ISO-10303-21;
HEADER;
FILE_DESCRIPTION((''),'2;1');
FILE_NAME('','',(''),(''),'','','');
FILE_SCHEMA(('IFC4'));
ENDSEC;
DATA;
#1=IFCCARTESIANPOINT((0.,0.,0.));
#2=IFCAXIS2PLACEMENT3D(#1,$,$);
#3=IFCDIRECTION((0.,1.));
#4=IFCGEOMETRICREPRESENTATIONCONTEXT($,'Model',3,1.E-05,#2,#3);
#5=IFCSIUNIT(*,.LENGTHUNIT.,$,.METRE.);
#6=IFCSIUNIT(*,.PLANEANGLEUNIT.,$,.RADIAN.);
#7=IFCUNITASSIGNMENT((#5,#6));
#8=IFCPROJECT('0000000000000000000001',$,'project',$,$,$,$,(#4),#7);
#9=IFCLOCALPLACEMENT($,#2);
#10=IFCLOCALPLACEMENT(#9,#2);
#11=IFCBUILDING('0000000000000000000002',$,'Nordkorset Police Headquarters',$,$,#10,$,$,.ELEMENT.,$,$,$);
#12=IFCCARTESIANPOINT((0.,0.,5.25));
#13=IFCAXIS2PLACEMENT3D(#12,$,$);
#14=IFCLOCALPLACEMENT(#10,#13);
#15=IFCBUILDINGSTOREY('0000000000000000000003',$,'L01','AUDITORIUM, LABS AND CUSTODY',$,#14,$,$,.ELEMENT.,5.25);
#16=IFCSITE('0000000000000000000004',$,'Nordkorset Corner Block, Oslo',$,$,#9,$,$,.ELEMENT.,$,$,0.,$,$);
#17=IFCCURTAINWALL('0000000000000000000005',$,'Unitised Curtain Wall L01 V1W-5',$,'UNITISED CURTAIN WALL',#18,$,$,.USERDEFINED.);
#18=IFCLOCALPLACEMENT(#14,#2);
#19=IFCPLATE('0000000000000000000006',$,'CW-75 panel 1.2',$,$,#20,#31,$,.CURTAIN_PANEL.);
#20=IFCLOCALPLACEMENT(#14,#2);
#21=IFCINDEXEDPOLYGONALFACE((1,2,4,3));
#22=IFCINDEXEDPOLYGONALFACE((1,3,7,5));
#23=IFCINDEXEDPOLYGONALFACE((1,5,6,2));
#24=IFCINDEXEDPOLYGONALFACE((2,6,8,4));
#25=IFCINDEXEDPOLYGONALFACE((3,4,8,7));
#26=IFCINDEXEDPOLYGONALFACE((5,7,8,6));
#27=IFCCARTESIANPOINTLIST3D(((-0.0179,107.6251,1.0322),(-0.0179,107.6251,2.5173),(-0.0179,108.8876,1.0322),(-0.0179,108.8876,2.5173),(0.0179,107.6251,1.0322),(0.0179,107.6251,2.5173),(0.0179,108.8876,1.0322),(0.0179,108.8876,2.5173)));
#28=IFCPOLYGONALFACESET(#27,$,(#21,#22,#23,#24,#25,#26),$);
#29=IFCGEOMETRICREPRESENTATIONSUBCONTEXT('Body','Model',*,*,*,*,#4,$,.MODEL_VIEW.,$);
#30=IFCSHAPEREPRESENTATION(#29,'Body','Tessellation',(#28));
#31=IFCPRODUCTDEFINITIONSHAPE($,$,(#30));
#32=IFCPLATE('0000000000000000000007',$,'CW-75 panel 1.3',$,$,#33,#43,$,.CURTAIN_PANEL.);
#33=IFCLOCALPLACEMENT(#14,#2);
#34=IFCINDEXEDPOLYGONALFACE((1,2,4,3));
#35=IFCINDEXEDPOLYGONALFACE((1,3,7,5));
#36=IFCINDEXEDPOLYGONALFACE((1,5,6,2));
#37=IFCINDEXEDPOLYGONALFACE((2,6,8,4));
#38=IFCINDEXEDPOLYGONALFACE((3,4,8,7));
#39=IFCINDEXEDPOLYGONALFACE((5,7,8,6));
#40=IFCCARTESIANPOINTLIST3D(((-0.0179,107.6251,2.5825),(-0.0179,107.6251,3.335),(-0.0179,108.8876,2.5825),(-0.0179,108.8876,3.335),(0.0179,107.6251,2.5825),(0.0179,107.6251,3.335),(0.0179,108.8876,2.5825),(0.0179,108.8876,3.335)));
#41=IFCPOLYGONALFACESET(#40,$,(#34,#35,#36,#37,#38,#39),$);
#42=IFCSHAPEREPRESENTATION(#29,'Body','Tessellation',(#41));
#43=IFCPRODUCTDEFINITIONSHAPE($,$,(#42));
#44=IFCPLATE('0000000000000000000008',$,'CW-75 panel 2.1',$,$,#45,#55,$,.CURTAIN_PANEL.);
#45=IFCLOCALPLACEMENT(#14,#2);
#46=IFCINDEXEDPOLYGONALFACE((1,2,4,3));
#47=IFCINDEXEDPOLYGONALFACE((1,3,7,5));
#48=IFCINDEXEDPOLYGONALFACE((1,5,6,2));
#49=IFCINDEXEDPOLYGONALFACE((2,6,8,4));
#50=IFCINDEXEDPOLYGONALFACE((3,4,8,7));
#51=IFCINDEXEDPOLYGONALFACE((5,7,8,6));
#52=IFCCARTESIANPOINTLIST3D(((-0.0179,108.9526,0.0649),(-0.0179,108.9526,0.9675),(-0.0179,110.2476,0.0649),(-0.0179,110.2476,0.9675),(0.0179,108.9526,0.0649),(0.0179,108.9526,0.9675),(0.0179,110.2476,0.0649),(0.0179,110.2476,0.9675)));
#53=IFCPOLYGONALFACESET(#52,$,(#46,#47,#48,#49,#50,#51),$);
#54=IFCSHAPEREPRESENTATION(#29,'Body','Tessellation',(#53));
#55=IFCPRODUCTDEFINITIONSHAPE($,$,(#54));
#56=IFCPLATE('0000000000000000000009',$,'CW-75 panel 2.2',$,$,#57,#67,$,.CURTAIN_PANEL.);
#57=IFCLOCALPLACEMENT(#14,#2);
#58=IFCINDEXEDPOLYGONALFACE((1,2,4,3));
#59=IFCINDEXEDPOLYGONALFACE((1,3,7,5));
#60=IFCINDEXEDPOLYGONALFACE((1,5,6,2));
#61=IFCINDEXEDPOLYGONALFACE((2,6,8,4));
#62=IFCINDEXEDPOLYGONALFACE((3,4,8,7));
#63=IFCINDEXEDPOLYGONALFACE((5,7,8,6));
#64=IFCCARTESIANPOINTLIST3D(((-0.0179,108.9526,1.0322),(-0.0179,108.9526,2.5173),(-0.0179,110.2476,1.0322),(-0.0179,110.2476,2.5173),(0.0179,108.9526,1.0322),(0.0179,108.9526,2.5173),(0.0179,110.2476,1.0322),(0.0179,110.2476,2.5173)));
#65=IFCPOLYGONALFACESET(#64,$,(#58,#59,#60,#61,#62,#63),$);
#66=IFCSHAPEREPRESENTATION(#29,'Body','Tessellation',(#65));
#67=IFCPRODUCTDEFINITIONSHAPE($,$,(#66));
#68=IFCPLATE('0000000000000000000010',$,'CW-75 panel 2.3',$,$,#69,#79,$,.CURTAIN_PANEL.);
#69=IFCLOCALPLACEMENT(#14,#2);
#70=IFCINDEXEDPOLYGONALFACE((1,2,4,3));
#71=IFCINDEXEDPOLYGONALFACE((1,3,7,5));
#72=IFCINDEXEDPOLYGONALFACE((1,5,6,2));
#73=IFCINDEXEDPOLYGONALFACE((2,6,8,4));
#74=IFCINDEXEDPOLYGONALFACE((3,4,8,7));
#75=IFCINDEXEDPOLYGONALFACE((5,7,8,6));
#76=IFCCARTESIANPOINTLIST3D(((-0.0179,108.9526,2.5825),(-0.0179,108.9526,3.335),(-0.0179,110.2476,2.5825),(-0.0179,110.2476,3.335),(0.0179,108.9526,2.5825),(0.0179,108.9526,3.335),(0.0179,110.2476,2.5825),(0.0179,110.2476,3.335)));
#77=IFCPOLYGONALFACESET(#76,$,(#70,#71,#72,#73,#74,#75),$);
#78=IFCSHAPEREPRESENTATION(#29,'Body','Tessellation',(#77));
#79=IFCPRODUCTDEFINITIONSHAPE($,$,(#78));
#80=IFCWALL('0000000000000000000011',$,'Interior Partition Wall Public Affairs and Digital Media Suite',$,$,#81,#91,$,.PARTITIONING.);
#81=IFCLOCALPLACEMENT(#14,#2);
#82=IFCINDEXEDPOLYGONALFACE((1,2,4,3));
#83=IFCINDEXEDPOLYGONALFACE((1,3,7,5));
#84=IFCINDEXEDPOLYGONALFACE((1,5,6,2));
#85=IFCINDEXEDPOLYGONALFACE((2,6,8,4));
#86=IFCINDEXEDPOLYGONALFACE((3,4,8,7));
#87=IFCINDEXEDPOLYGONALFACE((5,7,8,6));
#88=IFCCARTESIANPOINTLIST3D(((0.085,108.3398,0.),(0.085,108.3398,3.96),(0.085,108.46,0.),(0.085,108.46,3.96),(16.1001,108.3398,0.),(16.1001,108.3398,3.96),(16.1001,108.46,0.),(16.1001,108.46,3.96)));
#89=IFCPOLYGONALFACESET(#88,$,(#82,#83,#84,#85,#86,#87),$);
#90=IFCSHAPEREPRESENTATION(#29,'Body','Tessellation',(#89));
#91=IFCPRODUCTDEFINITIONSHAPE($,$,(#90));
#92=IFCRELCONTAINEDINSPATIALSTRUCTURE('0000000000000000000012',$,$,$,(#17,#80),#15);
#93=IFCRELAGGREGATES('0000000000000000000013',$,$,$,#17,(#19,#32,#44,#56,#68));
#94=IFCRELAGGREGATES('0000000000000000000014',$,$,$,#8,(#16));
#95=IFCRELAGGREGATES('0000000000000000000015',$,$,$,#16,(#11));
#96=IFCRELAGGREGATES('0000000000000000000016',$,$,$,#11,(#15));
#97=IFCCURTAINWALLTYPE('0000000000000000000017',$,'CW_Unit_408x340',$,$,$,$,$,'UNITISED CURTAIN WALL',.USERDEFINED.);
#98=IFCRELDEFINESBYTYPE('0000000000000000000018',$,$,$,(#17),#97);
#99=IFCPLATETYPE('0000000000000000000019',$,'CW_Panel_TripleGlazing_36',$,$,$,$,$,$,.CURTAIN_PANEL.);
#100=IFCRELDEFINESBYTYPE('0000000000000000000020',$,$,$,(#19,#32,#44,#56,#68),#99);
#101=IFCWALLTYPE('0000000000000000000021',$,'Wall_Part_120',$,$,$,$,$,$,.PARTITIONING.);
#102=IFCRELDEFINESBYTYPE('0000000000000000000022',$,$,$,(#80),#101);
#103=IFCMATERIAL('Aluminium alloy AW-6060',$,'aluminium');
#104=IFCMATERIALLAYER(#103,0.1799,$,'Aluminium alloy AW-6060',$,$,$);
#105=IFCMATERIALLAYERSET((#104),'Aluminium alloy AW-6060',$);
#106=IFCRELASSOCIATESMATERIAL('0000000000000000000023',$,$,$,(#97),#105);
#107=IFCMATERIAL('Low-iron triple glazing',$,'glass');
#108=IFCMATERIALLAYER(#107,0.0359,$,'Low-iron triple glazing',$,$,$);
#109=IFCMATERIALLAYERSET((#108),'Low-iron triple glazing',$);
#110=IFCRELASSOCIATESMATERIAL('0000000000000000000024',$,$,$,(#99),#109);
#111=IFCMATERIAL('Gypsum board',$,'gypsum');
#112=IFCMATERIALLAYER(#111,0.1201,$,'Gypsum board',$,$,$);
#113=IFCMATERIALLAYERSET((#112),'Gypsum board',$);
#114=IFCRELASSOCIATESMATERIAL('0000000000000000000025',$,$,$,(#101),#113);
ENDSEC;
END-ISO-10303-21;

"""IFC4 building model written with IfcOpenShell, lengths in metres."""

from ifc_helpers import new_model, si_unit, direction, frame, frame_2d, origin, origin_2d, place, context, subcontext, project, spatial, rectangle, extrude, material, layer, layer_set, type_object, element, aggregate, save


model = new_model("IFC4")

# Units and contexts
model_context = context("Model", 3, precision=1e-05, world=origin(), true_north=direction((0.0, 1.0)))
body_context = subcontext(model_context, "Body", "Model", "MODEL_VIEW")
ifc_project = project(units=[si_unit("LENGTHUNIT", "METRE"), si_unit("PLANEANGLEUNIT", "RADIAN")], contexts=[model_context])

# Site, building, storey
site_placement = place(None, origin())
site = spatial("IfcSite", under=ifc_project, at=site_placement, Name="Nordkorset Corner Block, Oslo", CompositionType="ELEMENT", RefElevation=0.0)
building_placement = place(site_placement, origin())
building = spatial("IfcBuilding", under=site, at=building_placement, Name="Nordkorset Police Headquarters", CompositionType="ELEMENT")
storey_placement = place(building_placement, frame((0.0, 0.0, 5.25)))
storey = spatial("IfcBuildingStorey", under=building, at=storey_placement, Name="L01", Description="AUDITORIUM, LABS AND CUSTODY", CompositionType="ELEMENT", Elevation=5.25)

# Curtain wall
ifc_material_1 = material(Name="Aluminium alloy AW-6060", Category="aluminium")
ifc_layer_1 = layer(ifc_material_1, 0.1799, Name="Aluminium alloy AW-6060")
ifc_layer_set_1 = layer_set([ifc_layer_1], Name="Aluminium alloy AW-6060")
curtain_wall_type = type_object("IfcCurtainWallType", Name="CW_Unit_408x340", ElementType="UNITISED CURTAIN WALL", PredefinedType="USERDEFINED", material=ifc_layer_set_1)
curtain_wall_placement = place(storey_placement, origin())
curtain_wall = element("IfcCurtainWall", 1, at=curtain_wall_placement, inside=storey, type_object=curtain_wall_type, Name="Unitised Curtain Wall L01 V1W-5", ObjectType="UNITISED CURTAIN WALL", PredefinedType="USERDEFINED")

# Plates
ifc_material_2 = material(Name="Low-iron triple glazing", Category="glass")
ifc_layer_2 = layer(ifc_material_2, 0.0359, Name="Low-iron triple glazing")
ifc_layer_set_2 = layer_set([ifc_layer_2], Name="Low-iron triple glazing")
plate_type = type_object("IfcPlateType", Name="CW_Panel_TripleGlazing_36", PredefinedType="CURTAIN_PANEL", material=ifc_layer_set_2)
plate_1_placement = place(storey_placement, frame((0.0, 108.2563, 1.0322), z_axis=(0.0, 0.0, 1.0), x_axis=(0.0, 1.0, 0.0)))
plate_1 = element("IfcPlate", 2, at=plate_1_placement, type_object=plate_type, Name="CW-75 panel 1.2", PredefinedType="CURTAIN_PANEL", context=body_context, shape_type="SweptSolid", body=[
    extrude(rectangle(XDim=1.2625, YDim=0.0359, at=origin_2d()), origin(), (0.0, 0.0, 1.0), 1.4851),
])
plate_2_placement = place(storey_placement, frame((0.0, 108.2563, 2.5825), z_axis=(0.0, 0.0, 1.0), x_axis=(0.0, 1.0, 0.0)))
plate_2 = element("IfcPlate", 3, at=plate_2_placement, type_object=plate_type, Name="CW-75 panel 1.3", PredefinedType="CURTAIN_PANEL", context=body_context, shape_type="SweptSolid", body=[
    extrude(rectangle(XDim=1.2625, YDim=0.0359, at=origin_2d()), origin(), (0.0, 0.0, 1.0), 0.7524),
])
plate_3_placement = place(storey_placement, frame((0.0, 109.6001, 0.0649), z_axis=(0.0, 0.0, 1.0), x_axis=(0.0, 1.0, 0.0)))
plate_3 = element("IfcPlate", 4, at=plate_3_placement, type_object=plate_type, Name="CW-75 panel 2.1", PredefinedType="CURTAIN_PANEL", context=body_context, shape_type="SweptSolid", body=[
    extrude(rectangle(XDim=1.2949, YDim=0.0359, at=origin_2d()), origin(), (0.0, 0.0, 1.0), 0.9026),
])
plate_4_placement = place(storey_placement, frame((0.0, 109.6001, 1.0322), z_axis=(0.0, 0.0, 1.0), x_axis=(0.0, 1.0, 0.0)))
plate_4 = element("IfcPlate", 5, at=plate_4_placement, type_object=plate_type, Name="CW-75 panel 2.2", PredefinedType="CURTAIN_PANEL", context=body_context, shape_type="SweptSolid", body=[
    extrude(rectangle(XDim=1.2949, YDim=0.0359, at=origin_2d()), origin(), (0.0, 0.0, 1.0), 1.4851),
])
plate_5_placement = place(storey_placement, frame((0.0, 109.6001, 2.5825), z_axis=(0.0, 0.0, 1.0), x_axis=(0.0, 1.0, 0.0)))
plate_5 = element("IfcPlate", 6, at=plate_5_placement, type_object=plate_type, Name="CW-75 panel 2.3", PredefinedType="CURTAIN_PANEL", context=body_context, shape_type="SweptSolid", body=[
    extrude(rectangle(XDim=1.2949, YDim=0.0359, at=origin_2d()), origin(), (0.0, 0.0, 1.0), 0.7524),
])
aggregate(curtain_wall, [plate_1, plate_2, plate_3, plate_4, plate_5])

# Wall
ifc_material_3 = material(Name="Gypsum board", Category="gypsum")
ifc_layer_3 = layer(ifc_material_3, 0.1201, Name="Gypsum board")
ifc_layer_set_3 = layer_set([ifc_layer_3], Name="Gypsum board")
wall_type = type_object("IfcWallType", Name="Wall_Part_120", PredefinedType="PARTITIONING", material=ifc_layer_set_3)
wall_placement = place(storey_placement, frame((0.085, 108.3999, 0.0), z_axis=(0.0, 0.0, 1.0), x_axis=(1.0, 0.0, 0.0)))
element("IfcWall", 7, at=wall_placement, inside=storey, type_object=wall_type, Name="Interior Partition Wall Public Affairs and Digital Media Suite", PredefinedType="PARTITIONING", context=body_context, shape_type="SweptSolid", body=[
    extrude(rectangle(XDim=16.0151, YDim=0.1201, at=frame_2d((8.0076, 0.0))), origin(), (0.0, 0.0, 1.0), 3.96),
])

save(model, "model.ifc")
